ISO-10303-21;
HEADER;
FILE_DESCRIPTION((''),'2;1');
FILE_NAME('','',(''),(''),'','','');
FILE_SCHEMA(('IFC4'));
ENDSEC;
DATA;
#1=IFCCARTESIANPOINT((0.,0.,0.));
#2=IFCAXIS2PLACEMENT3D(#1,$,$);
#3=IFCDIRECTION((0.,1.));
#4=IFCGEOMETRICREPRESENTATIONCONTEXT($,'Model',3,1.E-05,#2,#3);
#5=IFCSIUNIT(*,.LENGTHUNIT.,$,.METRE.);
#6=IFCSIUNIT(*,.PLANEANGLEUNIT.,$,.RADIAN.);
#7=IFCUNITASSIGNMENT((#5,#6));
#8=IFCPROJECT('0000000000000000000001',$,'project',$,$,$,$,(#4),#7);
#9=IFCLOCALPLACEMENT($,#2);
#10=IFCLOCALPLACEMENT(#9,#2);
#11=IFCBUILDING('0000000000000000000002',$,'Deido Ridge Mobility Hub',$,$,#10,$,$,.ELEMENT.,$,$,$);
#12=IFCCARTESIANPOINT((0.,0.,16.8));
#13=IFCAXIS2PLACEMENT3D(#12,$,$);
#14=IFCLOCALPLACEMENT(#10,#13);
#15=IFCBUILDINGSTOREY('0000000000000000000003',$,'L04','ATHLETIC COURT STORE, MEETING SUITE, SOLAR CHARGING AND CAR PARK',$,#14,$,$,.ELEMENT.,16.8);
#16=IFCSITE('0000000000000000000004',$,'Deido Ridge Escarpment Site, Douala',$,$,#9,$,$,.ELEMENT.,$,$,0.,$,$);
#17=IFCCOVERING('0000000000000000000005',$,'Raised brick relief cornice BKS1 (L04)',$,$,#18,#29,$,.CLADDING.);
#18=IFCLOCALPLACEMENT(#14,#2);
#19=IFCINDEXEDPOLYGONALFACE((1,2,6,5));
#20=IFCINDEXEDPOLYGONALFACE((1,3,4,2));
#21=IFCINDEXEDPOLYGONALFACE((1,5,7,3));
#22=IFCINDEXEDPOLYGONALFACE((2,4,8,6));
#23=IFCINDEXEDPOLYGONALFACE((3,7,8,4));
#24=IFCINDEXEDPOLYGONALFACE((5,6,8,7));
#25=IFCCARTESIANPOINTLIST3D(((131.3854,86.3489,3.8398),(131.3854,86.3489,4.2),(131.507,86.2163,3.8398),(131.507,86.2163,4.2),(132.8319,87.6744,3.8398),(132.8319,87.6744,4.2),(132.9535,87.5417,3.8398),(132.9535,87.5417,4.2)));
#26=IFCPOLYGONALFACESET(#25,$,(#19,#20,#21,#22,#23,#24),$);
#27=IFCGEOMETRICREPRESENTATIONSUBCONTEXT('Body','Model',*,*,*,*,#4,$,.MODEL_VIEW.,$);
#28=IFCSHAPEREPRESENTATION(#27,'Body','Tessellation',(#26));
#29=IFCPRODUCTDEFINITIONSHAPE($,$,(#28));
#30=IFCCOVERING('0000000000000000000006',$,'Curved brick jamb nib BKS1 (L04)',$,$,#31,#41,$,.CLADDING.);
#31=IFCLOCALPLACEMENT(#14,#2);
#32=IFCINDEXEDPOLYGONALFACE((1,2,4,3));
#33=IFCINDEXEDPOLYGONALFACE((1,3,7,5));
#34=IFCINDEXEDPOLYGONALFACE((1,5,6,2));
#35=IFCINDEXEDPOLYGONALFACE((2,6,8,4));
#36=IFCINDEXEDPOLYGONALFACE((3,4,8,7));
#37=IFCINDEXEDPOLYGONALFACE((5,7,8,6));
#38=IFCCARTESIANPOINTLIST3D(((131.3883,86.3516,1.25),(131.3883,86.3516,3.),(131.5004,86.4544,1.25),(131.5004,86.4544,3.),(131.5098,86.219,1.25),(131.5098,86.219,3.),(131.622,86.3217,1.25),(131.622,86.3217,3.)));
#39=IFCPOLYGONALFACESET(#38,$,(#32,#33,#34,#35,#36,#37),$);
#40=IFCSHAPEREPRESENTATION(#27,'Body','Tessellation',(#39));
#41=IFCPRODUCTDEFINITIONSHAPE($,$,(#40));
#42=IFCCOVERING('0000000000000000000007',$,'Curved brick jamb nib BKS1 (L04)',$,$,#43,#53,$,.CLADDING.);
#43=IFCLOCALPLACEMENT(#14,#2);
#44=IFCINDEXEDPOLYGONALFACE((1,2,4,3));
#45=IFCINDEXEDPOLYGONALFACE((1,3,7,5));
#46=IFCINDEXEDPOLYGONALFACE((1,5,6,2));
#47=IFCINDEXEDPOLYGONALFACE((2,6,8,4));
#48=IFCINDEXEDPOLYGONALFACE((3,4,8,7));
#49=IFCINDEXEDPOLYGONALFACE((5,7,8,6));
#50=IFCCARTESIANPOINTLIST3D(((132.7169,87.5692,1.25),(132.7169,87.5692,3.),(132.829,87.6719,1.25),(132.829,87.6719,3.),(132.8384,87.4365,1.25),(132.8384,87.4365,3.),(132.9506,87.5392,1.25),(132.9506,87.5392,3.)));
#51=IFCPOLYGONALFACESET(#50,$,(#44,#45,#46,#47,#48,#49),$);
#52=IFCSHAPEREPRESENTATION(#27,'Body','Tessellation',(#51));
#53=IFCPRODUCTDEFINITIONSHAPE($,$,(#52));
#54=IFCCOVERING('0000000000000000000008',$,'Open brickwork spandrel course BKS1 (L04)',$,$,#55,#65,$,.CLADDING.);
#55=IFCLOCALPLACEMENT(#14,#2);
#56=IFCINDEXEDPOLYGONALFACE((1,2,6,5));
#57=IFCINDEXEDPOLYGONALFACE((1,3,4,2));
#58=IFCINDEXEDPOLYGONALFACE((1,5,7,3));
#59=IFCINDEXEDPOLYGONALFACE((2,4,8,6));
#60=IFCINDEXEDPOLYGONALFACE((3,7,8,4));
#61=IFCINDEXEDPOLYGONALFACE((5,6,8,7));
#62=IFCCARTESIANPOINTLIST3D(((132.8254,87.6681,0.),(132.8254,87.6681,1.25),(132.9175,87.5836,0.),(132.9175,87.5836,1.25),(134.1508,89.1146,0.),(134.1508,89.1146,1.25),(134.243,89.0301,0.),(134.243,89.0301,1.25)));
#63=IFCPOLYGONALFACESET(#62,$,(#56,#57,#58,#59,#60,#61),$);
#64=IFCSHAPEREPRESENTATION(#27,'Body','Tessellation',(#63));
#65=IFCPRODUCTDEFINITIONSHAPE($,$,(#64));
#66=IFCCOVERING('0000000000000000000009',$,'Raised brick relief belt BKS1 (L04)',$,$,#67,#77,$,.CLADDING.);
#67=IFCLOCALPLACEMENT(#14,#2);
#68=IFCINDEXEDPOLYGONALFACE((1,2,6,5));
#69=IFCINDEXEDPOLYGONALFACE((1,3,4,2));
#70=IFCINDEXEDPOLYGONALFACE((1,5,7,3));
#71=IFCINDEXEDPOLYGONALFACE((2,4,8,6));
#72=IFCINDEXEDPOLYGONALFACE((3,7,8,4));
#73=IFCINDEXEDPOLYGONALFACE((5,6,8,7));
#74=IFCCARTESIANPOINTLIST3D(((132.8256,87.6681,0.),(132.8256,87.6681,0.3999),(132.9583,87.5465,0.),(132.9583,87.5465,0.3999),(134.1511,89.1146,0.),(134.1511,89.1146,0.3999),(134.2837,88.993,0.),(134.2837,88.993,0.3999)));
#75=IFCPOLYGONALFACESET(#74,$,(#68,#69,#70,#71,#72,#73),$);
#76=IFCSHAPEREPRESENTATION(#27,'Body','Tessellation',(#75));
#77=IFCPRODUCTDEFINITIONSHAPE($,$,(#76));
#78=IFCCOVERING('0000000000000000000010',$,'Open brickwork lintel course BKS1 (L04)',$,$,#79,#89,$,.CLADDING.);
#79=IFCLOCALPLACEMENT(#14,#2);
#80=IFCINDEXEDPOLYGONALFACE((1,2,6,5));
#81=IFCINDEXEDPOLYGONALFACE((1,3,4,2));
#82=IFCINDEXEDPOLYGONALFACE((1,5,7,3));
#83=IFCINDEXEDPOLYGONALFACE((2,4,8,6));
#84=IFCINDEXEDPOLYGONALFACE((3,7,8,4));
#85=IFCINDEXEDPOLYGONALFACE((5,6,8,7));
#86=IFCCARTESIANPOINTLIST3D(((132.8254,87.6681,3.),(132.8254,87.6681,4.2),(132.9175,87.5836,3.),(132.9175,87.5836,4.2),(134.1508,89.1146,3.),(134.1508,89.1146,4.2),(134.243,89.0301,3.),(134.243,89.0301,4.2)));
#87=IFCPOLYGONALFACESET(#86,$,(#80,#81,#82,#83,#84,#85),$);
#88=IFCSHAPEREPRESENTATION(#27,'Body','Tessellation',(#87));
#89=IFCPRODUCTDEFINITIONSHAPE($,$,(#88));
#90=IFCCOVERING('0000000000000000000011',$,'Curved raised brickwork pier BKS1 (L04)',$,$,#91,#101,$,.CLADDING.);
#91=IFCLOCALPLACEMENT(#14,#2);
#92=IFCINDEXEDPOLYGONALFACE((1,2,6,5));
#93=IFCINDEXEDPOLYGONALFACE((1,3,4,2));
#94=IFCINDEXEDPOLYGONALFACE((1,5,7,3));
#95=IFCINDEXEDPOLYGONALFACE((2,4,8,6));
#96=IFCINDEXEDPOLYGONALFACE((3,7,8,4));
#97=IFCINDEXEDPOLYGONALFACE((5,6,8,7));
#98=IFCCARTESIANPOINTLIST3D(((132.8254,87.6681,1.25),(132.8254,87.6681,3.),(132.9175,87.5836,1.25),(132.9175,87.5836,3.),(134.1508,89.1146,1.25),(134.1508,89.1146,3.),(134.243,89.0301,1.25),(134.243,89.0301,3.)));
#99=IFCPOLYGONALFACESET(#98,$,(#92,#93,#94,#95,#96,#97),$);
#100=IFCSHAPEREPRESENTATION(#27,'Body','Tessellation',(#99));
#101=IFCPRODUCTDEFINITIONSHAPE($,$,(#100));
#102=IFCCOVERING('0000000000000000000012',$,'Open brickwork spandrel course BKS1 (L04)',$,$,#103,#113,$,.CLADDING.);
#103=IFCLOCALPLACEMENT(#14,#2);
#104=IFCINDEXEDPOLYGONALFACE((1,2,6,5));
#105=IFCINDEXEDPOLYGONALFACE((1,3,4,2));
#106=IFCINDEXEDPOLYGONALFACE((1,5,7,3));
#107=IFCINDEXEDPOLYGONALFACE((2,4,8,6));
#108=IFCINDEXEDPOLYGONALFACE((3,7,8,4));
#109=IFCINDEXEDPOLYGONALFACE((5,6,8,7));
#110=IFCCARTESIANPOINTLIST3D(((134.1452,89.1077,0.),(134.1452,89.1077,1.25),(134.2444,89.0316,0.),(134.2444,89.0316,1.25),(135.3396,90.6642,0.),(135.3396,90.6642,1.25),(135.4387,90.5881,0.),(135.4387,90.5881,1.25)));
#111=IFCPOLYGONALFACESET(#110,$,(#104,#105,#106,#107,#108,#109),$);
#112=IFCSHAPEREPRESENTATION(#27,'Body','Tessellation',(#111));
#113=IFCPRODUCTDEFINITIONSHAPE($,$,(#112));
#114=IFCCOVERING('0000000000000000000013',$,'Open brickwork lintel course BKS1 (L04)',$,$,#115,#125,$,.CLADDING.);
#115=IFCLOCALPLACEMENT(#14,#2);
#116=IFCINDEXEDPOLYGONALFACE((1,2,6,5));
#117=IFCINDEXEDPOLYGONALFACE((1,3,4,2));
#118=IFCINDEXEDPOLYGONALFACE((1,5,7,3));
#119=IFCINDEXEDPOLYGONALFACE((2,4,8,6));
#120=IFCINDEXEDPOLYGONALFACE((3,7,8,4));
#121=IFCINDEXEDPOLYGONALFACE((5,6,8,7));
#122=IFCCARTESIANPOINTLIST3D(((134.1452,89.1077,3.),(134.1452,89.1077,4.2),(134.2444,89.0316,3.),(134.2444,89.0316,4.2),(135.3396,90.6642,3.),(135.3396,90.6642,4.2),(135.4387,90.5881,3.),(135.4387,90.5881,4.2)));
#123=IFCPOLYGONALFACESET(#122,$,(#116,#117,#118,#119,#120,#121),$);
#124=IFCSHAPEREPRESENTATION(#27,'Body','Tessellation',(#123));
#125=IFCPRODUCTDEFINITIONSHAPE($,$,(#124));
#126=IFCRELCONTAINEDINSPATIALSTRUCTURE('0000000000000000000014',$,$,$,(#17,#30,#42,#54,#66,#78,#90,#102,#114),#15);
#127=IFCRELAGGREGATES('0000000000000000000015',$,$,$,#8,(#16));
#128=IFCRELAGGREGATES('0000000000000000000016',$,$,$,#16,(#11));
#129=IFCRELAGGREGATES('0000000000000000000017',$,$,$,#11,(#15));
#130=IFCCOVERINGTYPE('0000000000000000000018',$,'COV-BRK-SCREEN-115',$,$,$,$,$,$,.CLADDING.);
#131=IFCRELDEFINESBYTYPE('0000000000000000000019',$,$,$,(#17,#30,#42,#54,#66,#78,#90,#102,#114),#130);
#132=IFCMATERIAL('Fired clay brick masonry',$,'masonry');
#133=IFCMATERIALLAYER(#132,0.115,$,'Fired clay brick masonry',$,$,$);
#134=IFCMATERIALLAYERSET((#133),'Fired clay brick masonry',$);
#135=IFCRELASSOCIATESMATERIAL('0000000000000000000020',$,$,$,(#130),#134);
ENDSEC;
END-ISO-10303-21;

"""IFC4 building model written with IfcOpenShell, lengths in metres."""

from ifc_helpers import new_model, si_unit, direction, frame, origin, origin_2d, place, context, subcontext, project, spatial, rectangle, extrude, material, layer, layer_set, type_object, element, save


model = new_model("IFC4")

# Units and contexts
model_context = context("Model", 3, precision=1e-05, world=origin(), true_north=direction((0.0, 1.0)))
body_context = subcontext(model_context, "Body", "Model", "MODEL_VIEW")
ifc_project = project(units=[si_unit("LENGTHUNIT", "METRE"), si_unit("PLANEANGLEUNIT", "RADIAN")], contexts=[model_context])

# Site, building, storey
site_placement = place(None, origin())
site = spatial("IfcSite", under=ifc_project, at=site_placement, Name="Deido Ridge Escarpment Site, Douala", CompositionType="ELEMENT", RefElevation=0.0)
building_placement = place(site_placement, origin())
building = spatial("IfcBuilding", under=site, at=building_placement, Name="Deido Ridge Mobility Hub", CompositionType="ELEMENT")
storey_placement = place(building_placement, frame((0.0, 0.0, 16.8)))
storey = spatial("IfcBuildingStorey", under=building, at=storey_placement, Name="L04", Description="ATHLETIC COURT STORE, MEETING SUITE, SOLAR CHARGING AND CAR PARK", CompositionType="ELEMENT", Elevation=16.8)

# Coverings
ifc_material_1 = material(Name="Fired clay brick masonry", Category="masonry")
ifc_layer = layer(ifc_material_1, 0.115, Name="Fired clay brick masonry")
ifc_layer_set = layer_set([ifc_layer], Name="Fired clay brick masonry")
covering_type = type_object("IfcCoveringType", Name="COV-BRK-SCREEN-115", PredefinedType="CLADDING", material=ifc_layer_set)
covering_1_placement = place(storey_placement, frame((132.1694, 86.9453, 3.8398), z_axis=(0.0, 0.0, 1.0), x_axis=(0.737289, 0.675577, 0.0)))
element("IfcCovering", 1, at=covering_1_placement, inside=storey, type_object=covering_type, Name="Raised brick relief cornice BKS1 (L04)", PredefinedType="CLADDING", context=body_context, shape_type="SweptSolid", body=[
    extrude(rectangle(XDim=1.9619, YDim=0.1799, at=origin_2d()), origin(), (0.0, 0.0, 1.0), 0.3601),
])
for number, where, z_axis, x_axis, name in (
    (2, (131.5051, 86.3367, 1.25), (0.0, 0.0, 1.0), (0.737289, 0.675577, 0.0), "Curved brick jamb nib BKS1 (L04)"),
    (3, (132.8337, 87.5542, 1.25), (0.0, 0.0, 1.0), (0.737289, 0.675577, 0.0), "Curved brick jamb nib BKS1 (L04)"),
):
    element("IfcCovering", number, at=place(storey_placement, frame(where, z_axis=z_axis, x_axis=x_axis)), inside=storey, type_object=covering_type, Name=name, PredefinedType="CLADDING", context=body_context, shape_type="SweptSolid", body=[
        extrude(rectangle(XDim=0.1521, YDim=0.1799, at=origin_2d()), origin(), (0.0, 0.0, 1.0), 1.75),
    ])
covering_2_placement = place(storey_placement, frame((133.5342, 88.3491, 0.0), z_axis=(0.0, 0.0, 1.0), x_axis=(0.675577, 0.737289, 0.0)))
element("IfcCovering", 4, at=covering_2_placement, inside=storey, type_object=covering_type, Name="Open brickwork spandrel course BKS1 (L04)", PredefinedType="CLADDING", context=body_context, shape_type="SweptSolid", body=[
    extrude(rectangle(XDim=1.9619, YDim=0.125, at=origin_2d()), origin(), (0.0, 0.0, 1.0), 1.25),
])
covering_3_placement = place(storey_placement, frame((133.5547, 88.3306, 0.0), z_axis=(0.0, 0.0, 1.0), x_axis=(0.675577, 0.737289, 0.0)))
element("IfcCovering", 5, at=covering_3_placement, inside=storey, type_object=covering_type, Name="Raised brick relief belt BKS1 (L04)", PredefinedType="CLADDING", context=body_context, shape_type="SweptSolid", body=[
    extrude(rectangle(XDim=1.9619, YDim=0.1799, at=origin_2d()), origin(), (0.0, 0.0, 1.0), 0.3999),
])
covering_4_placement = place(storey_placement, frame((133.5342, 88.3491, 3.0), z_axis=(0.0, 0.0, 1.0), x_axis=(0.675577, 0.737289, 0.0)))
element("IfcCovering", 6, at=covering_4_placement, inside=storey, type_object=covering_type, Name="Open brickwork lintel course BKS1 (L04)", PredefinedType="CLADDING", context=body_context, shape_type="SweptSolid", body=[
    extrude(rectangle(XDim=1.9619, YDim=0.125, at=origin_2d()), origin(), (0.0, 0.0, 1.0), 1.2),
])
covering_5_placement = place(storey_placement, frame((133.5342, 88.3491, 1.25), z_axis=(0.0, 0.0, 1.0), x_axis=(0.675577, 0.737289, 0.0)))
element("IfcCovering", 7, at=covering_5_placement, inside=storey, type_object=covering_type, Name="Curved raised brickwork pier BKS1 (L04)", PredefinedType="CLADDING", context=body_context, shape_type="SweptSolid", body=[
    extrude(rectangle(XDim=1.9619, YDim=0.125, at=origin_2d()), origin(), (0.0, 0.0, 1.0), 1.75),
])
covering_6_placement = place(storey_placement, frame((134.792, 89.8479, 0.0), z_axis=(0.0, 0.0, 1.0), x_axis=(0.608761, 0.793353, 0.0)))
element("IfcCovering", 8, at=covering_6_placement, inside=storey, type_object=covering_type, Name="Open brickwork spandrel course BKS1 (L04)", PredefinedType="CLADDING", context=body_context, shape_type="SweptSolid", body=[
    extrude(rectangle(XDim=1.9619, YDim=0.125, at=origin_2d()), origin(), (0.0, 0.0, 1.0), 1.25),
])
covering_7_placement = place(storey_placement, frame((134.792, 89.8479, 3.0), z_axis=(0.0, 0.0, 1.0), x_axis=(0.608761, 0.793353, 0.0)))
element("IfcCovering", 9, at=covering_7_placement, inside=storey, type_object=covering_type, Name="Open brickwork lintel course BKS1 (L04)", PredefinedType="CLADDING", context=body_context, shape_type="SweptSolid", body=[
    extrude(rectangle(XDim=1.9619, YDim=0.125, at=origin_2d()), origin(), (0.0, 0.0, 1.0), 1.2),
])

save(model, "model.ifc")
